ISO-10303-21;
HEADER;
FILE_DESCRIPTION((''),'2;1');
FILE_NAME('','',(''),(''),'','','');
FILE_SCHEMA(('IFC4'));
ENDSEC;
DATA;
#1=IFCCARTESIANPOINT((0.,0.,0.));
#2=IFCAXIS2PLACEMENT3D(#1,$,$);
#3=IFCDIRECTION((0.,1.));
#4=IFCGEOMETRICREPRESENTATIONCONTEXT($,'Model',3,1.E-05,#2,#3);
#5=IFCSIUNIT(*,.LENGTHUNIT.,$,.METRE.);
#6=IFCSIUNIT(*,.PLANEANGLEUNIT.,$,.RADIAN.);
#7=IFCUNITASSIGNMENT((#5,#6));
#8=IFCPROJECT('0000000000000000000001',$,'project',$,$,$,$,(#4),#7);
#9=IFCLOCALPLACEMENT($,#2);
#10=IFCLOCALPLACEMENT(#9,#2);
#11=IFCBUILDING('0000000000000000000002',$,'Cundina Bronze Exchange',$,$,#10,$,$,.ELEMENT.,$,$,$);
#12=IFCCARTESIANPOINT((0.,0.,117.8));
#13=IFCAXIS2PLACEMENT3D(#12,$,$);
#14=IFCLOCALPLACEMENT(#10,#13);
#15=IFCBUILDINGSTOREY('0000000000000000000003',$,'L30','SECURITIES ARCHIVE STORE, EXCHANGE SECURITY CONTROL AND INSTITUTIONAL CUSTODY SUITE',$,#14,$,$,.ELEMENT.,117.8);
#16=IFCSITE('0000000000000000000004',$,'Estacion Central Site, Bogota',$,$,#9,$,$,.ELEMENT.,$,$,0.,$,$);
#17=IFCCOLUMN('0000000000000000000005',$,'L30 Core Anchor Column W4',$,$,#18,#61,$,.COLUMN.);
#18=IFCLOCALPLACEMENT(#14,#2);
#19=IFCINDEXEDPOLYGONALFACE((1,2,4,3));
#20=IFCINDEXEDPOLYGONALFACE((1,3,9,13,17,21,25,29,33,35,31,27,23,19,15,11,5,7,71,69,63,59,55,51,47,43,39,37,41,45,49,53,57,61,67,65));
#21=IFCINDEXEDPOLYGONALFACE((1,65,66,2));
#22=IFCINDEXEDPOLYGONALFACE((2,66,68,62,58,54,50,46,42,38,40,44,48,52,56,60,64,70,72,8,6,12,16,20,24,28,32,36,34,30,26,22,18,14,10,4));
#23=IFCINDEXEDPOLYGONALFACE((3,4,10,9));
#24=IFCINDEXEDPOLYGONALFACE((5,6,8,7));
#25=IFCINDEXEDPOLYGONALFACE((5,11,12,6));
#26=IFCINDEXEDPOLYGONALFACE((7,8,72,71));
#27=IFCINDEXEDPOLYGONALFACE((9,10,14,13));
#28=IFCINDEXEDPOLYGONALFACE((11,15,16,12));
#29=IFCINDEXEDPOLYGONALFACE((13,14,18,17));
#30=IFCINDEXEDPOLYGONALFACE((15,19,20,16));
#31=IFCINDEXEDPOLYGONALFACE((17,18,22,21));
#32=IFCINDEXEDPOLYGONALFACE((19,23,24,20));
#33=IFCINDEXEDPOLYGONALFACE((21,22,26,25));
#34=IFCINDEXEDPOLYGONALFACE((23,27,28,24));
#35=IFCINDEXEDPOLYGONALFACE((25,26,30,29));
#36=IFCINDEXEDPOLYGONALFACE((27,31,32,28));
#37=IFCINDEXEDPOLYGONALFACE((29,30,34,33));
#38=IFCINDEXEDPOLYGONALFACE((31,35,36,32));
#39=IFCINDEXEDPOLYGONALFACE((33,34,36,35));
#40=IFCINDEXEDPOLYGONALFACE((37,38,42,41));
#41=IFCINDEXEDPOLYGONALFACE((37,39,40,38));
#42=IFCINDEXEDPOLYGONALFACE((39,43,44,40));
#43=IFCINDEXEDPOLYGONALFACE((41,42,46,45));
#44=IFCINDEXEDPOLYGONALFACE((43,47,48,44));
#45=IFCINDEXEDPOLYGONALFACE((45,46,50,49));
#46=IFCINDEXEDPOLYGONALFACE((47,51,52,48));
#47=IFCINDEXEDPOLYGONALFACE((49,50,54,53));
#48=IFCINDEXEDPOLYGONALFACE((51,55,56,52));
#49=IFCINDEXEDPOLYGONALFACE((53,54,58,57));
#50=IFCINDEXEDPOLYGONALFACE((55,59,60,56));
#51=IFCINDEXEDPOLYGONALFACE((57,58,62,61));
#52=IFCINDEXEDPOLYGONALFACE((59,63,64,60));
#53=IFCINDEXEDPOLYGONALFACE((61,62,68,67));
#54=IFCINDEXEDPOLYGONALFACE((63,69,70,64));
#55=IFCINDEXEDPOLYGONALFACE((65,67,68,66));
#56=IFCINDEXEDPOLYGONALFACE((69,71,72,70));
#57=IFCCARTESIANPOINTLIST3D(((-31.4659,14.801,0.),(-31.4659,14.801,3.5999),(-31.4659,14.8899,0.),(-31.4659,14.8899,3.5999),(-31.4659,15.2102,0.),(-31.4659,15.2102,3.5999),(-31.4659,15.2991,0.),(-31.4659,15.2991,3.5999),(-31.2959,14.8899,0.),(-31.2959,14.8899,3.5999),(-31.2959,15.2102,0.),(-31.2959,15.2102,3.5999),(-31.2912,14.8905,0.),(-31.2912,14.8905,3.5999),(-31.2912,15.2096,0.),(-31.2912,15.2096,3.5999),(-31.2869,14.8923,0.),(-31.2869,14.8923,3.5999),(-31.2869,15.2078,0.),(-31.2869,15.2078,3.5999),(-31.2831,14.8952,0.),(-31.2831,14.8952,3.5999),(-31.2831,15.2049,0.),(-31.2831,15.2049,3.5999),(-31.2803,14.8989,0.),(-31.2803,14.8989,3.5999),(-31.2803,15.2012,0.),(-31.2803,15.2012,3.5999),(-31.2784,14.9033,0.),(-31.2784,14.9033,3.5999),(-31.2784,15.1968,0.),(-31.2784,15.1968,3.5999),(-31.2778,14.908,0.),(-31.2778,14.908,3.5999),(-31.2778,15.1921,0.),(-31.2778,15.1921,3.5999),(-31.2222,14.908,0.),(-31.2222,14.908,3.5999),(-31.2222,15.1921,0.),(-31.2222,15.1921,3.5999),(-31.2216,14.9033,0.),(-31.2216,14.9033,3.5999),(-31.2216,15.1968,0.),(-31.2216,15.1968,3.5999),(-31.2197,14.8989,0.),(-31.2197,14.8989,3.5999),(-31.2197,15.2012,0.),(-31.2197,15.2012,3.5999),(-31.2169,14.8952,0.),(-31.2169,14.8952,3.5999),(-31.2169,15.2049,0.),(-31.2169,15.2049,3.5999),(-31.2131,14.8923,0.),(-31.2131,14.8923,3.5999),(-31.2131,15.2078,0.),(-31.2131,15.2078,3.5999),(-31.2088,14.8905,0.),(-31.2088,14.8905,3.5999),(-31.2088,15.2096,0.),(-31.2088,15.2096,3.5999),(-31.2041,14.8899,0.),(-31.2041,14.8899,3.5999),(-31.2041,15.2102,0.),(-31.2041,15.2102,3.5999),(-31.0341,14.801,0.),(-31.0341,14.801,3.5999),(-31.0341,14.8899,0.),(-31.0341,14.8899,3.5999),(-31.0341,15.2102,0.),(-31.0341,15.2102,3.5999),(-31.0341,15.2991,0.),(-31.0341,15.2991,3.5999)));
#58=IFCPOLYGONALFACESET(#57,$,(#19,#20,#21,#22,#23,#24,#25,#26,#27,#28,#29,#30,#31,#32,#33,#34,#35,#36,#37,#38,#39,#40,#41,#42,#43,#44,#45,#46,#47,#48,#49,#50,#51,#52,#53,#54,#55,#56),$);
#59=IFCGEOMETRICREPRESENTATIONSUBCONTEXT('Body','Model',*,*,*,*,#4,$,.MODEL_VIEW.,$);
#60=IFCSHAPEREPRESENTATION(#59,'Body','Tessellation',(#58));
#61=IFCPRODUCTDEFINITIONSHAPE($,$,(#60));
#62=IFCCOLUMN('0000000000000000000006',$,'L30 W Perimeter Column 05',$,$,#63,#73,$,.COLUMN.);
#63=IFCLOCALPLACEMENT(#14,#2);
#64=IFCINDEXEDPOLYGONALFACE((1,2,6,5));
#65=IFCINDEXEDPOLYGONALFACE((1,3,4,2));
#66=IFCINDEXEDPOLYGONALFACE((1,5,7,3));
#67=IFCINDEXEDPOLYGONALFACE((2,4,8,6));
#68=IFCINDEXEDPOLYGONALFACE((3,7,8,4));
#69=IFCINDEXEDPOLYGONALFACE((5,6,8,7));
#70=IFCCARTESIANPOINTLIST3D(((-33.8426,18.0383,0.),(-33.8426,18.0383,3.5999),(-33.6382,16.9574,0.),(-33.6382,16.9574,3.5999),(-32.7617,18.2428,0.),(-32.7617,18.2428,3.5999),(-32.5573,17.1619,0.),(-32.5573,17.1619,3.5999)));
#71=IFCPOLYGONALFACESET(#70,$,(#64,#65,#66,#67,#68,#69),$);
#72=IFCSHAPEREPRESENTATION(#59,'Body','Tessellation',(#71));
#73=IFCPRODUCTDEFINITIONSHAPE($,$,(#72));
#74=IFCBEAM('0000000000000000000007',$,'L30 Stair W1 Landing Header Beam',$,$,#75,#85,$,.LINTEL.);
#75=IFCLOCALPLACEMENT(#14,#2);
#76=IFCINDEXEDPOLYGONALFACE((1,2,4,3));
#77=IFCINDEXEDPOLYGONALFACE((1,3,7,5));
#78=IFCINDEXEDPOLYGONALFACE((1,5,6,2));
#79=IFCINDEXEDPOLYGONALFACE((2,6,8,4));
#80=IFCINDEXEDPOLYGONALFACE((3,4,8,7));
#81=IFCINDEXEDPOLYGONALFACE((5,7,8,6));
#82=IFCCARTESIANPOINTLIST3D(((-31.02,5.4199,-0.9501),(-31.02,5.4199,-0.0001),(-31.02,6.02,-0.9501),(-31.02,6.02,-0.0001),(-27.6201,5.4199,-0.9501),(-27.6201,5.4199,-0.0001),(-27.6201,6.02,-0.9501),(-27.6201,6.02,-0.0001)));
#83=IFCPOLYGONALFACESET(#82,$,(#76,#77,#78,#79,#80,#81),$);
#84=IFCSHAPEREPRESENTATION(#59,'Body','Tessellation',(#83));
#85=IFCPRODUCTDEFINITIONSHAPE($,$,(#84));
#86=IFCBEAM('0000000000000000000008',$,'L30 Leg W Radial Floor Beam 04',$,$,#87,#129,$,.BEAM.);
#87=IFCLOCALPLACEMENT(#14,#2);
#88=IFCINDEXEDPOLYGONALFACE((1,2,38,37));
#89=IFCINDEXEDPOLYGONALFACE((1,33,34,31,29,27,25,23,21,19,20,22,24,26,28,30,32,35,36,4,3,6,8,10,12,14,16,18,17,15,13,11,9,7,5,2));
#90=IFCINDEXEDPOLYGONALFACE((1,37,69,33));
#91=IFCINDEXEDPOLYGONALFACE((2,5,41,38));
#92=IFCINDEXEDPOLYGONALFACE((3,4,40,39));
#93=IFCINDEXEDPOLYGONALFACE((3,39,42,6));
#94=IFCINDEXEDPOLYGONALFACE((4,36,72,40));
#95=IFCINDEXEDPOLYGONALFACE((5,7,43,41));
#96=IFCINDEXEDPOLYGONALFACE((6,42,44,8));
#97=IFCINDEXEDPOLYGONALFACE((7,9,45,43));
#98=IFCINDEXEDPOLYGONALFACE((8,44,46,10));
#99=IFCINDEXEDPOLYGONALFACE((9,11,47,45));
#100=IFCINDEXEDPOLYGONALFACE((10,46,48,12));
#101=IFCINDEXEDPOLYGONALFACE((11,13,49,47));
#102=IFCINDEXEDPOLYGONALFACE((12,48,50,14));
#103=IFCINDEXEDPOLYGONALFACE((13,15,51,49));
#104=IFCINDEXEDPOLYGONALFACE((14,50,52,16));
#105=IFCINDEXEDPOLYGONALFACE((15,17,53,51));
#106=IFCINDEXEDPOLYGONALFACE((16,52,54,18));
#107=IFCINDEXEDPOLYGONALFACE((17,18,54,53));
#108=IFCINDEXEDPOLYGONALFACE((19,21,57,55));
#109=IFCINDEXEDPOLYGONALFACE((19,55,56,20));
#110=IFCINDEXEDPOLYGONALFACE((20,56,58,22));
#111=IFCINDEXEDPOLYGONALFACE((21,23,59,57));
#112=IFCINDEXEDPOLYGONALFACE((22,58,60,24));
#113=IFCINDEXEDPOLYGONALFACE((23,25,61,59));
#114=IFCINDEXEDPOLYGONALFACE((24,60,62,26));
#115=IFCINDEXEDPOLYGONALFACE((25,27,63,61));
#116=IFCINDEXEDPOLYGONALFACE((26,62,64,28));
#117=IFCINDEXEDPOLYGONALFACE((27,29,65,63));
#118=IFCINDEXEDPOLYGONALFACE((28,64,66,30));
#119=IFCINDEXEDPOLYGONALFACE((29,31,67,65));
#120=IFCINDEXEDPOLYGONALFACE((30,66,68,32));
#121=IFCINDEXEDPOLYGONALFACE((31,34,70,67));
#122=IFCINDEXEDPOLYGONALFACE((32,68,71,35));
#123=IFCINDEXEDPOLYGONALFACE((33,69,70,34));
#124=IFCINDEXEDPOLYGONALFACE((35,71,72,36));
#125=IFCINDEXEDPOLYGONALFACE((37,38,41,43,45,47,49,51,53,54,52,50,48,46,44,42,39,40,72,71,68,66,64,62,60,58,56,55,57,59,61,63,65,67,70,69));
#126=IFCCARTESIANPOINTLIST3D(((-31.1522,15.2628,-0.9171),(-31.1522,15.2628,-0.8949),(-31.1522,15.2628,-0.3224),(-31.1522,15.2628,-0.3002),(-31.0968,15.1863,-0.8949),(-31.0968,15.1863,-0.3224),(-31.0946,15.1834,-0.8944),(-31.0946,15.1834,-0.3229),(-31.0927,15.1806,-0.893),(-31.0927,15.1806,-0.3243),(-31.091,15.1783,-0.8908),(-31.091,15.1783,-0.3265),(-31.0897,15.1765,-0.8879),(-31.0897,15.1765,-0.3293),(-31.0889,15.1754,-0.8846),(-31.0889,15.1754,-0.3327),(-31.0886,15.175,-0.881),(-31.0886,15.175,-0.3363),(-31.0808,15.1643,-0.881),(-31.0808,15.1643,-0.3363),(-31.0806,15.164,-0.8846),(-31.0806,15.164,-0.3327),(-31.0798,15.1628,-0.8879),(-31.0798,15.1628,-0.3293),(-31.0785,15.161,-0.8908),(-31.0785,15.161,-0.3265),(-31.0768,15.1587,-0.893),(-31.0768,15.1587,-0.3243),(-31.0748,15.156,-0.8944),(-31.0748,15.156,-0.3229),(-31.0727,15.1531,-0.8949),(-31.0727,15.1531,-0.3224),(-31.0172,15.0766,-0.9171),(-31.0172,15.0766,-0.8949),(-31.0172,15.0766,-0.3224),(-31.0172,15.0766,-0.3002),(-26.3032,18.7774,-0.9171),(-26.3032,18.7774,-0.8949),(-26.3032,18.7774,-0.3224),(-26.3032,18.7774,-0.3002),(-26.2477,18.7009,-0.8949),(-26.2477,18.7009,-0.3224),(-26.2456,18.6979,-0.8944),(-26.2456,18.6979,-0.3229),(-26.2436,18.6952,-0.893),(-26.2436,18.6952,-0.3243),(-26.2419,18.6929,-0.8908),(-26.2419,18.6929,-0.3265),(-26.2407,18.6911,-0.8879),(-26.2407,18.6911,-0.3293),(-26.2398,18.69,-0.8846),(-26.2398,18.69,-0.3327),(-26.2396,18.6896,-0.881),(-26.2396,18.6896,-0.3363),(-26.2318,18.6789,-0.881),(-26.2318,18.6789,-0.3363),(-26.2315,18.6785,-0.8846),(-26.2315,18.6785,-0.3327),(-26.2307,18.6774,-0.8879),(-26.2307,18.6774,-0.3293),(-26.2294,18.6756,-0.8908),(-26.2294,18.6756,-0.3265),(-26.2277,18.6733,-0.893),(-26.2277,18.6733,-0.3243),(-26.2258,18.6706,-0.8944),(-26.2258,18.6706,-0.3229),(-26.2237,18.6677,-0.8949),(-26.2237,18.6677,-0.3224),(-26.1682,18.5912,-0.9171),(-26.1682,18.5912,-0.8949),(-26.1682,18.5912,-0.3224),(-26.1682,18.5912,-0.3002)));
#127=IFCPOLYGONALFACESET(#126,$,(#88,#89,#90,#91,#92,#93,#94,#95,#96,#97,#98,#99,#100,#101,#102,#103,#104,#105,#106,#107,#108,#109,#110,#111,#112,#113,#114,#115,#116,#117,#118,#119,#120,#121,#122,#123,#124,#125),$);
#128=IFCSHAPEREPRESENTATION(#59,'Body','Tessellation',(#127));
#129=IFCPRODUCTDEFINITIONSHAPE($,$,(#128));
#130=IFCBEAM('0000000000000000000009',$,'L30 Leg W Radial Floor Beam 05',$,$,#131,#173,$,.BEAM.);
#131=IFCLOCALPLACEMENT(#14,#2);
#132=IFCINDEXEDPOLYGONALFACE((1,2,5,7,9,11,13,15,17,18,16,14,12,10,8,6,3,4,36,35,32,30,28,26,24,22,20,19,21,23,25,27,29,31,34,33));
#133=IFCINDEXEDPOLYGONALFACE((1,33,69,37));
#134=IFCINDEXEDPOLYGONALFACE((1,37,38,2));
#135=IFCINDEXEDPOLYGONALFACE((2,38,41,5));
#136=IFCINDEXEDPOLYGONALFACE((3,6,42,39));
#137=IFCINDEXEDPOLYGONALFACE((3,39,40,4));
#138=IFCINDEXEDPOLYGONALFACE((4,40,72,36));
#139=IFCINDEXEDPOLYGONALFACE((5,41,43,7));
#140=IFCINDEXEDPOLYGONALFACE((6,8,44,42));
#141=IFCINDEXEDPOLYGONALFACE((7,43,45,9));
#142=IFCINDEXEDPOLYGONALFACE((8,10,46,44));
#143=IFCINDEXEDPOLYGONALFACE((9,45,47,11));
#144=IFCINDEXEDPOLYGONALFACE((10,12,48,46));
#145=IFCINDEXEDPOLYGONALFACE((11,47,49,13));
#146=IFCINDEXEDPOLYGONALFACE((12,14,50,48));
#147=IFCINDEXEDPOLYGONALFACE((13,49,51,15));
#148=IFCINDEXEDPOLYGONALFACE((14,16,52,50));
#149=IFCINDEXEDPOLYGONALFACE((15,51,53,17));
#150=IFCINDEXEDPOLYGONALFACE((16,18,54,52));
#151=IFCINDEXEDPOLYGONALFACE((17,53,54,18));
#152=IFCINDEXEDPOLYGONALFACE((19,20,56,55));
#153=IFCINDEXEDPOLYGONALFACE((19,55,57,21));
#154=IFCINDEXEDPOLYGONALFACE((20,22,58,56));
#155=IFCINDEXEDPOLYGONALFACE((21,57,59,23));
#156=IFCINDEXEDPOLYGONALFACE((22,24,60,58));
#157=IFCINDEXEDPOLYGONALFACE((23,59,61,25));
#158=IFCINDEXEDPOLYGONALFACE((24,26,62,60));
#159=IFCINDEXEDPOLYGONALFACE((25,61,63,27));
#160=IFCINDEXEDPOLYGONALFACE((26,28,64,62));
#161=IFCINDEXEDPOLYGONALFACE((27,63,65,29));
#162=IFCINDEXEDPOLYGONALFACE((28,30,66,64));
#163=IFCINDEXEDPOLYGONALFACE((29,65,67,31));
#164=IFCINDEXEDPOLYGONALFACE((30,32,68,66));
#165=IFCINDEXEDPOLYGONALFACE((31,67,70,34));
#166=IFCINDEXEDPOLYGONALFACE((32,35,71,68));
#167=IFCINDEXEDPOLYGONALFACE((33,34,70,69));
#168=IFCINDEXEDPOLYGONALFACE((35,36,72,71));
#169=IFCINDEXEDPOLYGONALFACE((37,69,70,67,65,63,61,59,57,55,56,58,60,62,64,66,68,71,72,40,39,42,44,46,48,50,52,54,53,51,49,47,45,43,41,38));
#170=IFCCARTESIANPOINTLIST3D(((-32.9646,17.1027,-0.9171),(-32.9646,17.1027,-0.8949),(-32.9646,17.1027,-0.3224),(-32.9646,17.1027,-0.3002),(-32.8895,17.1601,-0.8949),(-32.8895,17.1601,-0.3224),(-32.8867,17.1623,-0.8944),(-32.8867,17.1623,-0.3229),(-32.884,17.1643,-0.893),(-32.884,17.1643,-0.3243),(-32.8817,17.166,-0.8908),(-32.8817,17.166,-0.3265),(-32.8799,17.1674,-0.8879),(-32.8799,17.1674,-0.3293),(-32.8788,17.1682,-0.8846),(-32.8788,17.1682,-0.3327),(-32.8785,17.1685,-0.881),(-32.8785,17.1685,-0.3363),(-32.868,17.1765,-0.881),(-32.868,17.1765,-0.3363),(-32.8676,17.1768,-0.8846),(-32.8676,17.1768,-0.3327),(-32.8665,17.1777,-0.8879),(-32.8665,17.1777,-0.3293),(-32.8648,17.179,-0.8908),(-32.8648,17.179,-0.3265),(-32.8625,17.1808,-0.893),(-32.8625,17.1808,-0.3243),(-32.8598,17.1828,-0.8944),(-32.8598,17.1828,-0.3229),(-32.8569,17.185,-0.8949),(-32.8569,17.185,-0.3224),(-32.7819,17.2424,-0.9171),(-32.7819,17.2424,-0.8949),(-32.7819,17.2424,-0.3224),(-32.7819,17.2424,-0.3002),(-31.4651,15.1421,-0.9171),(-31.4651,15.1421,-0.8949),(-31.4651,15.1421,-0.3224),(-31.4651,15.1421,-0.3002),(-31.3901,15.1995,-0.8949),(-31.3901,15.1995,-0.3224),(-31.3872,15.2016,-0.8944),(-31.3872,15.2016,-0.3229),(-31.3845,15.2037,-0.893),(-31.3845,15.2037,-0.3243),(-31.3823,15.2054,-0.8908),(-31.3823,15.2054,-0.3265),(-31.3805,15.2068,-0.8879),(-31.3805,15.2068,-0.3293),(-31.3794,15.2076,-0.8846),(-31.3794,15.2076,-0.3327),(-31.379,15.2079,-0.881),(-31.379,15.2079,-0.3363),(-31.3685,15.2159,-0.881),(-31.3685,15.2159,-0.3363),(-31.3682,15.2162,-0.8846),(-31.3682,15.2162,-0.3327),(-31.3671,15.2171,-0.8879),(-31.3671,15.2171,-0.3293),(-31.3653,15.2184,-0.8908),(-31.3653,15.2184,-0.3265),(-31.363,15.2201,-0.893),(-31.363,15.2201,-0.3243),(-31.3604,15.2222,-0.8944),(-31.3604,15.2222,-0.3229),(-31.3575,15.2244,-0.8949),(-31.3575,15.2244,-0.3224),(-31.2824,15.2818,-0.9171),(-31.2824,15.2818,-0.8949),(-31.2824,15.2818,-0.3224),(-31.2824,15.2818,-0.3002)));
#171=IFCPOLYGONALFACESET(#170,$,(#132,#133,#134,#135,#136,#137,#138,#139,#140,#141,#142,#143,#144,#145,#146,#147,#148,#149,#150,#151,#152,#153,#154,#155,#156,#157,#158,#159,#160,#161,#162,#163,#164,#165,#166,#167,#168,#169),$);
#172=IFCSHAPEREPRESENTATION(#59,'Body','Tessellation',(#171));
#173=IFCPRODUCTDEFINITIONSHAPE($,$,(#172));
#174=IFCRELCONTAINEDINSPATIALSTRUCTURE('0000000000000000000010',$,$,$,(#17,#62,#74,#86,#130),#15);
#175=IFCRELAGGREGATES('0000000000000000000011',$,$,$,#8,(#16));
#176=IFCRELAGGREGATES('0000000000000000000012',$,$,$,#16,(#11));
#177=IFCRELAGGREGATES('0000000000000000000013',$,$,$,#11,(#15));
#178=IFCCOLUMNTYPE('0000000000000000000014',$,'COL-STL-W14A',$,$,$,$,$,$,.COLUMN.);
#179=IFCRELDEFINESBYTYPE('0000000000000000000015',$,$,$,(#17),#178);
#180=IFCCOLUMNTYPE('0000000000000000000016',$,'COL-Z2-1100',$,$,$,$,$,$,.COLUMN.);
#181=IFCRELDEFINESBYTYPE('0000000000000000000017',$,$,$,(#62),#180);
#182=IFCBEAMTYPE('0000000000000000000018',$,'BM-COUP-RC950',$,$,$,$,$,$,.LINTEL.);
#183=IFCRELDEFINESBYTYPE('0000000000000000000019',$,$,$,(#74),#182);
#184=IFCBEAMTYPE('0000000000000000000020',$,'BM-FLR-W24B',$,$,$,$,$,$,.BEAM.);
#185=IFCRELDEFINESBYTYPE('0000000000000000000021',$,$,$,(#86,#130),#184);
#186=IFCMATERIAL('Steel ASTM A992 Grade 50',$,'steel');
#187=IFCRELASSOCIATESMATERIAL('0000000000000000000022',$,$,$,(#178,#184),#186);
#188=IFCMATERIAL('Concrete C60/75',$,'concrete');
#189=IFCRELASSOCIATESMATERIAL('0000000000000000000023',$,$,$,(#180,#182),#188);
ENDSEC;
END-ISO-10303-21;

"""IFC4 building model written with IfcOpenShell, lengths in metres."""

from ifc_helpers import new_model, si_unit, direction, frame, origin, origin_2d, place, context, subcontext, project, spatial, rectangle, i_section, extrude, material, material_profile, profile_set, type_object, element, save


model = new_model("IFC4")

# Units and contexts
model_context = context("Model", 3, precision=1e-05, world=origin(), true_north=direction((0.0, 1.0)))
body_context = subcontext(model_context, "Body", "Model", "MODEL_VIEW")
ifc_project = project(units=[si_unit("LENGTHUNIT", "METRE"), si_unit("PLANEANGLEUNIT", "RADIAN")], contexts=[model_context])

# Site, building, storey
site_placement = place(None, origin())
site = spatial("IfcSite", under=ifc_project, at=site_placement, Name="Estacion Central Site, Bogota", CompositionType="ELEMENT", RefElevation=0.0)
building_placement = place(site_placement, origin())
building = spatial("IfcBuilding", under=site, at=building_placement, Name="Cundina Bronze Exchange", CompositionType="ELEMENT")
storey_placement = place(building_placement, frame((0.0, 0.0, 117.8)))
storey = spatial("IfcBuildingStorey", under=building, at=storey_placement, Name="L30", Description="SECURITIES ARCHIVE STORE, EXCHANGE SECURITY CONTROL AND INSTITUTIONAL CUSTODY SUITE", CompositionType="ELEMENT", Elevation=117.8)

# Columns
ifc_material_1 = material(Name="Steel ASTM A992 Grade 50", Category="steel")
ifc_material_profile_1 = material_profile(ifc_material_1, i_section(OverallWidth=0.4319, OverallDepth=0.498, WebThickness=0.0557, FlangeThickness=0.0889, FilletRadius=0.0181, at=origin_2d()), Name="W14X500", Category="steel")
ifc_profile_set_1 = profile_set([ifc_material_profile_1], Name="Steel ASTM A992 Grade 50")
column_type_1 = type_object("IfcColumnType", Name="COL-STL-W14A", PredefinedType="COLUMN", material=ifc_profile_set_1)
column_1_placement = place(storey_placement, frame((-31.25, 15.05, 0.0), z_axis=(0.0, 0.0, 1.0), x_axis=(1.0, 0.0, 0.0)))
element("IfcColumn", 1, at=column_1_placement, inside=storey, type_object=column_type_1, Name="L30 Core Anchor Column W4", PredefinedType="COLUMN", context=body_context, shape_type="SweptSolid", body=[
    extrude(i_section(OverallWidth=0.4319, OverallDepth=0.498, WebThickness=0.0557, FlangeThickness=0.0889, FilletRadius=0.0181, at=origin_2d()), origin(), (0.0, 0.0, 1.0), 3.5999),
])
ifc_material_2 = material(Name="Concrete C60/75", Category="concrete")
ifc_material_profile_2 = material_profile(ifc_material_2, rectangle(XDim=1.1001, YDim=1.1001, at=origin_2d()), Name="RC1100X1100", Category="concrete")
ifc_profile_set_2 = profile_set([ifc_material_profile_2], Name="Concrete C60/75")
column_type_2 = type_object("IfcColumnType", Name="COL-Z2-1100", PredefinedType="COLUMN", material=ifc_profile_set_2)
column_2_placement = place(storey_placement, frame((-33.2, 17.6001, 0.0), z_axis=(0.0, 0.0, 1.0), x_axis=(-0.98258, -0.185838, 0.0)))
element("IfcColumn", 2, at=column_2_placement, inside=storey, type_object=column_type_2, Name="L30 W Perimeter Column 05", PredefinedType="COLUMN", context=body_context, shape_type="SweptSolid", body=[
    extrude(rectangle(XDim=1.1001, YDim=1.1001, at=origin_2d()), origin(), (0.0, 0.0, 1.0), 3.5999),
])

# Beams
ifc_material_profile_3 = material_profile(ifc_material_2, rectangle(XDim=0.6001, YDim=0.95, at=origin_2d()), Name="RC600X950", Category="concrete")
ifc_profile_set_3 = profile_set([ifc_material_profile_3], Name="Concrete C60/75")
beam_type_1 = type_object("IfcBeamType", Name="BM-COUP-RC950", PredefinedType="LINTEL", material=ifc_profile_set_3)
beam_1_placement = place(storey_placement, frame((-31.02, 5.72, -0.4751), z_axis=(1.0, 0.0, 0.0), x_axis=(0.0, 1.0, 0.0)))
element("IfcBeam", 3, at=beam_1_placement, inside=storey, type_object=beam_type_1, Name="L30 Stair W1 Landing Header Beam", PredefinedType="LINTEL", context=body_context, shape_type="SweptSolid", body=[
    extrude(rectangle(XDim=0.6001, YDim=0.95, at=origin_2d()), origin(), (0.0, 0.0, 1.0), 3.3999),
])
ifc_material_profile_4 = material_profile(ifc_material_1, i_section(OverallWidth=0.23, OverallDepth=0.6169, WebThickness=0.0132, FlangeThickness=0.0222, FilletRadius=0.0139, at=origin_2d()), Name="W24X94", Category="steel")
ifc_profile_set_4 = profile_set([ifc_material_profile_4], Name="Steel ASTM A992 Grade 50")
beam_type_2 = type_object("IfcBeamType", Name="BM-FLR-W24B", PredefinedType="BEAM", material=ifc_profile_set_4)
beam_2_placement = place(storey_placement, frame((-31.0847, 15.1697, -0.6086), z_axis=(0.809687, 0.586862, 0.0), x_axis=(-0.586862, 0.809687, 0.0)))
element("IfcBeam", 4, at=beam_2_placement, inside=storey, type_object=beam_type_2, Name="L30 Leg W Radial Floor Beam 04", PredefinedType="BEAM", context=body_context, shape_type="SweptSolid", body=[
    extrude(i_section(OverallWidth=0.23, OverallDepth=0.6169, WebThickness=0.0132, FlangeThickness=0.0222, FilletRadius=0.0139, at=origin_2d()), origin(), (0.0, 0.0, 1.0), 5.9888),
])
beam_3_placement = place(storey_placement, frame((-31.3738, 15.2119, -0.6086), z_axis=(-0.60749, 0.794327, 0.0), x_axis=(-0.794327, -0.60749, 0.0)))
element("IfcBeam", 5, at=beam_3_placement, inside=storey, type_object=beam_type_2, Name="L30 Leg W Radial Floor Beam 05", PredefinedType="BEAM", context=body_context, shape_type="SweptSolid", body=[
    extrude(i_section(OverallWidth=0.23, OverallDepth=0.6169, WebThickness=0.0132, FlangeThickness=0.0222, FilletRadius=0.0139, at=origin_2d()), origin(), (0.0, 0.0, 1.0), 2.4683),
])

save(model, "model.ifc")
